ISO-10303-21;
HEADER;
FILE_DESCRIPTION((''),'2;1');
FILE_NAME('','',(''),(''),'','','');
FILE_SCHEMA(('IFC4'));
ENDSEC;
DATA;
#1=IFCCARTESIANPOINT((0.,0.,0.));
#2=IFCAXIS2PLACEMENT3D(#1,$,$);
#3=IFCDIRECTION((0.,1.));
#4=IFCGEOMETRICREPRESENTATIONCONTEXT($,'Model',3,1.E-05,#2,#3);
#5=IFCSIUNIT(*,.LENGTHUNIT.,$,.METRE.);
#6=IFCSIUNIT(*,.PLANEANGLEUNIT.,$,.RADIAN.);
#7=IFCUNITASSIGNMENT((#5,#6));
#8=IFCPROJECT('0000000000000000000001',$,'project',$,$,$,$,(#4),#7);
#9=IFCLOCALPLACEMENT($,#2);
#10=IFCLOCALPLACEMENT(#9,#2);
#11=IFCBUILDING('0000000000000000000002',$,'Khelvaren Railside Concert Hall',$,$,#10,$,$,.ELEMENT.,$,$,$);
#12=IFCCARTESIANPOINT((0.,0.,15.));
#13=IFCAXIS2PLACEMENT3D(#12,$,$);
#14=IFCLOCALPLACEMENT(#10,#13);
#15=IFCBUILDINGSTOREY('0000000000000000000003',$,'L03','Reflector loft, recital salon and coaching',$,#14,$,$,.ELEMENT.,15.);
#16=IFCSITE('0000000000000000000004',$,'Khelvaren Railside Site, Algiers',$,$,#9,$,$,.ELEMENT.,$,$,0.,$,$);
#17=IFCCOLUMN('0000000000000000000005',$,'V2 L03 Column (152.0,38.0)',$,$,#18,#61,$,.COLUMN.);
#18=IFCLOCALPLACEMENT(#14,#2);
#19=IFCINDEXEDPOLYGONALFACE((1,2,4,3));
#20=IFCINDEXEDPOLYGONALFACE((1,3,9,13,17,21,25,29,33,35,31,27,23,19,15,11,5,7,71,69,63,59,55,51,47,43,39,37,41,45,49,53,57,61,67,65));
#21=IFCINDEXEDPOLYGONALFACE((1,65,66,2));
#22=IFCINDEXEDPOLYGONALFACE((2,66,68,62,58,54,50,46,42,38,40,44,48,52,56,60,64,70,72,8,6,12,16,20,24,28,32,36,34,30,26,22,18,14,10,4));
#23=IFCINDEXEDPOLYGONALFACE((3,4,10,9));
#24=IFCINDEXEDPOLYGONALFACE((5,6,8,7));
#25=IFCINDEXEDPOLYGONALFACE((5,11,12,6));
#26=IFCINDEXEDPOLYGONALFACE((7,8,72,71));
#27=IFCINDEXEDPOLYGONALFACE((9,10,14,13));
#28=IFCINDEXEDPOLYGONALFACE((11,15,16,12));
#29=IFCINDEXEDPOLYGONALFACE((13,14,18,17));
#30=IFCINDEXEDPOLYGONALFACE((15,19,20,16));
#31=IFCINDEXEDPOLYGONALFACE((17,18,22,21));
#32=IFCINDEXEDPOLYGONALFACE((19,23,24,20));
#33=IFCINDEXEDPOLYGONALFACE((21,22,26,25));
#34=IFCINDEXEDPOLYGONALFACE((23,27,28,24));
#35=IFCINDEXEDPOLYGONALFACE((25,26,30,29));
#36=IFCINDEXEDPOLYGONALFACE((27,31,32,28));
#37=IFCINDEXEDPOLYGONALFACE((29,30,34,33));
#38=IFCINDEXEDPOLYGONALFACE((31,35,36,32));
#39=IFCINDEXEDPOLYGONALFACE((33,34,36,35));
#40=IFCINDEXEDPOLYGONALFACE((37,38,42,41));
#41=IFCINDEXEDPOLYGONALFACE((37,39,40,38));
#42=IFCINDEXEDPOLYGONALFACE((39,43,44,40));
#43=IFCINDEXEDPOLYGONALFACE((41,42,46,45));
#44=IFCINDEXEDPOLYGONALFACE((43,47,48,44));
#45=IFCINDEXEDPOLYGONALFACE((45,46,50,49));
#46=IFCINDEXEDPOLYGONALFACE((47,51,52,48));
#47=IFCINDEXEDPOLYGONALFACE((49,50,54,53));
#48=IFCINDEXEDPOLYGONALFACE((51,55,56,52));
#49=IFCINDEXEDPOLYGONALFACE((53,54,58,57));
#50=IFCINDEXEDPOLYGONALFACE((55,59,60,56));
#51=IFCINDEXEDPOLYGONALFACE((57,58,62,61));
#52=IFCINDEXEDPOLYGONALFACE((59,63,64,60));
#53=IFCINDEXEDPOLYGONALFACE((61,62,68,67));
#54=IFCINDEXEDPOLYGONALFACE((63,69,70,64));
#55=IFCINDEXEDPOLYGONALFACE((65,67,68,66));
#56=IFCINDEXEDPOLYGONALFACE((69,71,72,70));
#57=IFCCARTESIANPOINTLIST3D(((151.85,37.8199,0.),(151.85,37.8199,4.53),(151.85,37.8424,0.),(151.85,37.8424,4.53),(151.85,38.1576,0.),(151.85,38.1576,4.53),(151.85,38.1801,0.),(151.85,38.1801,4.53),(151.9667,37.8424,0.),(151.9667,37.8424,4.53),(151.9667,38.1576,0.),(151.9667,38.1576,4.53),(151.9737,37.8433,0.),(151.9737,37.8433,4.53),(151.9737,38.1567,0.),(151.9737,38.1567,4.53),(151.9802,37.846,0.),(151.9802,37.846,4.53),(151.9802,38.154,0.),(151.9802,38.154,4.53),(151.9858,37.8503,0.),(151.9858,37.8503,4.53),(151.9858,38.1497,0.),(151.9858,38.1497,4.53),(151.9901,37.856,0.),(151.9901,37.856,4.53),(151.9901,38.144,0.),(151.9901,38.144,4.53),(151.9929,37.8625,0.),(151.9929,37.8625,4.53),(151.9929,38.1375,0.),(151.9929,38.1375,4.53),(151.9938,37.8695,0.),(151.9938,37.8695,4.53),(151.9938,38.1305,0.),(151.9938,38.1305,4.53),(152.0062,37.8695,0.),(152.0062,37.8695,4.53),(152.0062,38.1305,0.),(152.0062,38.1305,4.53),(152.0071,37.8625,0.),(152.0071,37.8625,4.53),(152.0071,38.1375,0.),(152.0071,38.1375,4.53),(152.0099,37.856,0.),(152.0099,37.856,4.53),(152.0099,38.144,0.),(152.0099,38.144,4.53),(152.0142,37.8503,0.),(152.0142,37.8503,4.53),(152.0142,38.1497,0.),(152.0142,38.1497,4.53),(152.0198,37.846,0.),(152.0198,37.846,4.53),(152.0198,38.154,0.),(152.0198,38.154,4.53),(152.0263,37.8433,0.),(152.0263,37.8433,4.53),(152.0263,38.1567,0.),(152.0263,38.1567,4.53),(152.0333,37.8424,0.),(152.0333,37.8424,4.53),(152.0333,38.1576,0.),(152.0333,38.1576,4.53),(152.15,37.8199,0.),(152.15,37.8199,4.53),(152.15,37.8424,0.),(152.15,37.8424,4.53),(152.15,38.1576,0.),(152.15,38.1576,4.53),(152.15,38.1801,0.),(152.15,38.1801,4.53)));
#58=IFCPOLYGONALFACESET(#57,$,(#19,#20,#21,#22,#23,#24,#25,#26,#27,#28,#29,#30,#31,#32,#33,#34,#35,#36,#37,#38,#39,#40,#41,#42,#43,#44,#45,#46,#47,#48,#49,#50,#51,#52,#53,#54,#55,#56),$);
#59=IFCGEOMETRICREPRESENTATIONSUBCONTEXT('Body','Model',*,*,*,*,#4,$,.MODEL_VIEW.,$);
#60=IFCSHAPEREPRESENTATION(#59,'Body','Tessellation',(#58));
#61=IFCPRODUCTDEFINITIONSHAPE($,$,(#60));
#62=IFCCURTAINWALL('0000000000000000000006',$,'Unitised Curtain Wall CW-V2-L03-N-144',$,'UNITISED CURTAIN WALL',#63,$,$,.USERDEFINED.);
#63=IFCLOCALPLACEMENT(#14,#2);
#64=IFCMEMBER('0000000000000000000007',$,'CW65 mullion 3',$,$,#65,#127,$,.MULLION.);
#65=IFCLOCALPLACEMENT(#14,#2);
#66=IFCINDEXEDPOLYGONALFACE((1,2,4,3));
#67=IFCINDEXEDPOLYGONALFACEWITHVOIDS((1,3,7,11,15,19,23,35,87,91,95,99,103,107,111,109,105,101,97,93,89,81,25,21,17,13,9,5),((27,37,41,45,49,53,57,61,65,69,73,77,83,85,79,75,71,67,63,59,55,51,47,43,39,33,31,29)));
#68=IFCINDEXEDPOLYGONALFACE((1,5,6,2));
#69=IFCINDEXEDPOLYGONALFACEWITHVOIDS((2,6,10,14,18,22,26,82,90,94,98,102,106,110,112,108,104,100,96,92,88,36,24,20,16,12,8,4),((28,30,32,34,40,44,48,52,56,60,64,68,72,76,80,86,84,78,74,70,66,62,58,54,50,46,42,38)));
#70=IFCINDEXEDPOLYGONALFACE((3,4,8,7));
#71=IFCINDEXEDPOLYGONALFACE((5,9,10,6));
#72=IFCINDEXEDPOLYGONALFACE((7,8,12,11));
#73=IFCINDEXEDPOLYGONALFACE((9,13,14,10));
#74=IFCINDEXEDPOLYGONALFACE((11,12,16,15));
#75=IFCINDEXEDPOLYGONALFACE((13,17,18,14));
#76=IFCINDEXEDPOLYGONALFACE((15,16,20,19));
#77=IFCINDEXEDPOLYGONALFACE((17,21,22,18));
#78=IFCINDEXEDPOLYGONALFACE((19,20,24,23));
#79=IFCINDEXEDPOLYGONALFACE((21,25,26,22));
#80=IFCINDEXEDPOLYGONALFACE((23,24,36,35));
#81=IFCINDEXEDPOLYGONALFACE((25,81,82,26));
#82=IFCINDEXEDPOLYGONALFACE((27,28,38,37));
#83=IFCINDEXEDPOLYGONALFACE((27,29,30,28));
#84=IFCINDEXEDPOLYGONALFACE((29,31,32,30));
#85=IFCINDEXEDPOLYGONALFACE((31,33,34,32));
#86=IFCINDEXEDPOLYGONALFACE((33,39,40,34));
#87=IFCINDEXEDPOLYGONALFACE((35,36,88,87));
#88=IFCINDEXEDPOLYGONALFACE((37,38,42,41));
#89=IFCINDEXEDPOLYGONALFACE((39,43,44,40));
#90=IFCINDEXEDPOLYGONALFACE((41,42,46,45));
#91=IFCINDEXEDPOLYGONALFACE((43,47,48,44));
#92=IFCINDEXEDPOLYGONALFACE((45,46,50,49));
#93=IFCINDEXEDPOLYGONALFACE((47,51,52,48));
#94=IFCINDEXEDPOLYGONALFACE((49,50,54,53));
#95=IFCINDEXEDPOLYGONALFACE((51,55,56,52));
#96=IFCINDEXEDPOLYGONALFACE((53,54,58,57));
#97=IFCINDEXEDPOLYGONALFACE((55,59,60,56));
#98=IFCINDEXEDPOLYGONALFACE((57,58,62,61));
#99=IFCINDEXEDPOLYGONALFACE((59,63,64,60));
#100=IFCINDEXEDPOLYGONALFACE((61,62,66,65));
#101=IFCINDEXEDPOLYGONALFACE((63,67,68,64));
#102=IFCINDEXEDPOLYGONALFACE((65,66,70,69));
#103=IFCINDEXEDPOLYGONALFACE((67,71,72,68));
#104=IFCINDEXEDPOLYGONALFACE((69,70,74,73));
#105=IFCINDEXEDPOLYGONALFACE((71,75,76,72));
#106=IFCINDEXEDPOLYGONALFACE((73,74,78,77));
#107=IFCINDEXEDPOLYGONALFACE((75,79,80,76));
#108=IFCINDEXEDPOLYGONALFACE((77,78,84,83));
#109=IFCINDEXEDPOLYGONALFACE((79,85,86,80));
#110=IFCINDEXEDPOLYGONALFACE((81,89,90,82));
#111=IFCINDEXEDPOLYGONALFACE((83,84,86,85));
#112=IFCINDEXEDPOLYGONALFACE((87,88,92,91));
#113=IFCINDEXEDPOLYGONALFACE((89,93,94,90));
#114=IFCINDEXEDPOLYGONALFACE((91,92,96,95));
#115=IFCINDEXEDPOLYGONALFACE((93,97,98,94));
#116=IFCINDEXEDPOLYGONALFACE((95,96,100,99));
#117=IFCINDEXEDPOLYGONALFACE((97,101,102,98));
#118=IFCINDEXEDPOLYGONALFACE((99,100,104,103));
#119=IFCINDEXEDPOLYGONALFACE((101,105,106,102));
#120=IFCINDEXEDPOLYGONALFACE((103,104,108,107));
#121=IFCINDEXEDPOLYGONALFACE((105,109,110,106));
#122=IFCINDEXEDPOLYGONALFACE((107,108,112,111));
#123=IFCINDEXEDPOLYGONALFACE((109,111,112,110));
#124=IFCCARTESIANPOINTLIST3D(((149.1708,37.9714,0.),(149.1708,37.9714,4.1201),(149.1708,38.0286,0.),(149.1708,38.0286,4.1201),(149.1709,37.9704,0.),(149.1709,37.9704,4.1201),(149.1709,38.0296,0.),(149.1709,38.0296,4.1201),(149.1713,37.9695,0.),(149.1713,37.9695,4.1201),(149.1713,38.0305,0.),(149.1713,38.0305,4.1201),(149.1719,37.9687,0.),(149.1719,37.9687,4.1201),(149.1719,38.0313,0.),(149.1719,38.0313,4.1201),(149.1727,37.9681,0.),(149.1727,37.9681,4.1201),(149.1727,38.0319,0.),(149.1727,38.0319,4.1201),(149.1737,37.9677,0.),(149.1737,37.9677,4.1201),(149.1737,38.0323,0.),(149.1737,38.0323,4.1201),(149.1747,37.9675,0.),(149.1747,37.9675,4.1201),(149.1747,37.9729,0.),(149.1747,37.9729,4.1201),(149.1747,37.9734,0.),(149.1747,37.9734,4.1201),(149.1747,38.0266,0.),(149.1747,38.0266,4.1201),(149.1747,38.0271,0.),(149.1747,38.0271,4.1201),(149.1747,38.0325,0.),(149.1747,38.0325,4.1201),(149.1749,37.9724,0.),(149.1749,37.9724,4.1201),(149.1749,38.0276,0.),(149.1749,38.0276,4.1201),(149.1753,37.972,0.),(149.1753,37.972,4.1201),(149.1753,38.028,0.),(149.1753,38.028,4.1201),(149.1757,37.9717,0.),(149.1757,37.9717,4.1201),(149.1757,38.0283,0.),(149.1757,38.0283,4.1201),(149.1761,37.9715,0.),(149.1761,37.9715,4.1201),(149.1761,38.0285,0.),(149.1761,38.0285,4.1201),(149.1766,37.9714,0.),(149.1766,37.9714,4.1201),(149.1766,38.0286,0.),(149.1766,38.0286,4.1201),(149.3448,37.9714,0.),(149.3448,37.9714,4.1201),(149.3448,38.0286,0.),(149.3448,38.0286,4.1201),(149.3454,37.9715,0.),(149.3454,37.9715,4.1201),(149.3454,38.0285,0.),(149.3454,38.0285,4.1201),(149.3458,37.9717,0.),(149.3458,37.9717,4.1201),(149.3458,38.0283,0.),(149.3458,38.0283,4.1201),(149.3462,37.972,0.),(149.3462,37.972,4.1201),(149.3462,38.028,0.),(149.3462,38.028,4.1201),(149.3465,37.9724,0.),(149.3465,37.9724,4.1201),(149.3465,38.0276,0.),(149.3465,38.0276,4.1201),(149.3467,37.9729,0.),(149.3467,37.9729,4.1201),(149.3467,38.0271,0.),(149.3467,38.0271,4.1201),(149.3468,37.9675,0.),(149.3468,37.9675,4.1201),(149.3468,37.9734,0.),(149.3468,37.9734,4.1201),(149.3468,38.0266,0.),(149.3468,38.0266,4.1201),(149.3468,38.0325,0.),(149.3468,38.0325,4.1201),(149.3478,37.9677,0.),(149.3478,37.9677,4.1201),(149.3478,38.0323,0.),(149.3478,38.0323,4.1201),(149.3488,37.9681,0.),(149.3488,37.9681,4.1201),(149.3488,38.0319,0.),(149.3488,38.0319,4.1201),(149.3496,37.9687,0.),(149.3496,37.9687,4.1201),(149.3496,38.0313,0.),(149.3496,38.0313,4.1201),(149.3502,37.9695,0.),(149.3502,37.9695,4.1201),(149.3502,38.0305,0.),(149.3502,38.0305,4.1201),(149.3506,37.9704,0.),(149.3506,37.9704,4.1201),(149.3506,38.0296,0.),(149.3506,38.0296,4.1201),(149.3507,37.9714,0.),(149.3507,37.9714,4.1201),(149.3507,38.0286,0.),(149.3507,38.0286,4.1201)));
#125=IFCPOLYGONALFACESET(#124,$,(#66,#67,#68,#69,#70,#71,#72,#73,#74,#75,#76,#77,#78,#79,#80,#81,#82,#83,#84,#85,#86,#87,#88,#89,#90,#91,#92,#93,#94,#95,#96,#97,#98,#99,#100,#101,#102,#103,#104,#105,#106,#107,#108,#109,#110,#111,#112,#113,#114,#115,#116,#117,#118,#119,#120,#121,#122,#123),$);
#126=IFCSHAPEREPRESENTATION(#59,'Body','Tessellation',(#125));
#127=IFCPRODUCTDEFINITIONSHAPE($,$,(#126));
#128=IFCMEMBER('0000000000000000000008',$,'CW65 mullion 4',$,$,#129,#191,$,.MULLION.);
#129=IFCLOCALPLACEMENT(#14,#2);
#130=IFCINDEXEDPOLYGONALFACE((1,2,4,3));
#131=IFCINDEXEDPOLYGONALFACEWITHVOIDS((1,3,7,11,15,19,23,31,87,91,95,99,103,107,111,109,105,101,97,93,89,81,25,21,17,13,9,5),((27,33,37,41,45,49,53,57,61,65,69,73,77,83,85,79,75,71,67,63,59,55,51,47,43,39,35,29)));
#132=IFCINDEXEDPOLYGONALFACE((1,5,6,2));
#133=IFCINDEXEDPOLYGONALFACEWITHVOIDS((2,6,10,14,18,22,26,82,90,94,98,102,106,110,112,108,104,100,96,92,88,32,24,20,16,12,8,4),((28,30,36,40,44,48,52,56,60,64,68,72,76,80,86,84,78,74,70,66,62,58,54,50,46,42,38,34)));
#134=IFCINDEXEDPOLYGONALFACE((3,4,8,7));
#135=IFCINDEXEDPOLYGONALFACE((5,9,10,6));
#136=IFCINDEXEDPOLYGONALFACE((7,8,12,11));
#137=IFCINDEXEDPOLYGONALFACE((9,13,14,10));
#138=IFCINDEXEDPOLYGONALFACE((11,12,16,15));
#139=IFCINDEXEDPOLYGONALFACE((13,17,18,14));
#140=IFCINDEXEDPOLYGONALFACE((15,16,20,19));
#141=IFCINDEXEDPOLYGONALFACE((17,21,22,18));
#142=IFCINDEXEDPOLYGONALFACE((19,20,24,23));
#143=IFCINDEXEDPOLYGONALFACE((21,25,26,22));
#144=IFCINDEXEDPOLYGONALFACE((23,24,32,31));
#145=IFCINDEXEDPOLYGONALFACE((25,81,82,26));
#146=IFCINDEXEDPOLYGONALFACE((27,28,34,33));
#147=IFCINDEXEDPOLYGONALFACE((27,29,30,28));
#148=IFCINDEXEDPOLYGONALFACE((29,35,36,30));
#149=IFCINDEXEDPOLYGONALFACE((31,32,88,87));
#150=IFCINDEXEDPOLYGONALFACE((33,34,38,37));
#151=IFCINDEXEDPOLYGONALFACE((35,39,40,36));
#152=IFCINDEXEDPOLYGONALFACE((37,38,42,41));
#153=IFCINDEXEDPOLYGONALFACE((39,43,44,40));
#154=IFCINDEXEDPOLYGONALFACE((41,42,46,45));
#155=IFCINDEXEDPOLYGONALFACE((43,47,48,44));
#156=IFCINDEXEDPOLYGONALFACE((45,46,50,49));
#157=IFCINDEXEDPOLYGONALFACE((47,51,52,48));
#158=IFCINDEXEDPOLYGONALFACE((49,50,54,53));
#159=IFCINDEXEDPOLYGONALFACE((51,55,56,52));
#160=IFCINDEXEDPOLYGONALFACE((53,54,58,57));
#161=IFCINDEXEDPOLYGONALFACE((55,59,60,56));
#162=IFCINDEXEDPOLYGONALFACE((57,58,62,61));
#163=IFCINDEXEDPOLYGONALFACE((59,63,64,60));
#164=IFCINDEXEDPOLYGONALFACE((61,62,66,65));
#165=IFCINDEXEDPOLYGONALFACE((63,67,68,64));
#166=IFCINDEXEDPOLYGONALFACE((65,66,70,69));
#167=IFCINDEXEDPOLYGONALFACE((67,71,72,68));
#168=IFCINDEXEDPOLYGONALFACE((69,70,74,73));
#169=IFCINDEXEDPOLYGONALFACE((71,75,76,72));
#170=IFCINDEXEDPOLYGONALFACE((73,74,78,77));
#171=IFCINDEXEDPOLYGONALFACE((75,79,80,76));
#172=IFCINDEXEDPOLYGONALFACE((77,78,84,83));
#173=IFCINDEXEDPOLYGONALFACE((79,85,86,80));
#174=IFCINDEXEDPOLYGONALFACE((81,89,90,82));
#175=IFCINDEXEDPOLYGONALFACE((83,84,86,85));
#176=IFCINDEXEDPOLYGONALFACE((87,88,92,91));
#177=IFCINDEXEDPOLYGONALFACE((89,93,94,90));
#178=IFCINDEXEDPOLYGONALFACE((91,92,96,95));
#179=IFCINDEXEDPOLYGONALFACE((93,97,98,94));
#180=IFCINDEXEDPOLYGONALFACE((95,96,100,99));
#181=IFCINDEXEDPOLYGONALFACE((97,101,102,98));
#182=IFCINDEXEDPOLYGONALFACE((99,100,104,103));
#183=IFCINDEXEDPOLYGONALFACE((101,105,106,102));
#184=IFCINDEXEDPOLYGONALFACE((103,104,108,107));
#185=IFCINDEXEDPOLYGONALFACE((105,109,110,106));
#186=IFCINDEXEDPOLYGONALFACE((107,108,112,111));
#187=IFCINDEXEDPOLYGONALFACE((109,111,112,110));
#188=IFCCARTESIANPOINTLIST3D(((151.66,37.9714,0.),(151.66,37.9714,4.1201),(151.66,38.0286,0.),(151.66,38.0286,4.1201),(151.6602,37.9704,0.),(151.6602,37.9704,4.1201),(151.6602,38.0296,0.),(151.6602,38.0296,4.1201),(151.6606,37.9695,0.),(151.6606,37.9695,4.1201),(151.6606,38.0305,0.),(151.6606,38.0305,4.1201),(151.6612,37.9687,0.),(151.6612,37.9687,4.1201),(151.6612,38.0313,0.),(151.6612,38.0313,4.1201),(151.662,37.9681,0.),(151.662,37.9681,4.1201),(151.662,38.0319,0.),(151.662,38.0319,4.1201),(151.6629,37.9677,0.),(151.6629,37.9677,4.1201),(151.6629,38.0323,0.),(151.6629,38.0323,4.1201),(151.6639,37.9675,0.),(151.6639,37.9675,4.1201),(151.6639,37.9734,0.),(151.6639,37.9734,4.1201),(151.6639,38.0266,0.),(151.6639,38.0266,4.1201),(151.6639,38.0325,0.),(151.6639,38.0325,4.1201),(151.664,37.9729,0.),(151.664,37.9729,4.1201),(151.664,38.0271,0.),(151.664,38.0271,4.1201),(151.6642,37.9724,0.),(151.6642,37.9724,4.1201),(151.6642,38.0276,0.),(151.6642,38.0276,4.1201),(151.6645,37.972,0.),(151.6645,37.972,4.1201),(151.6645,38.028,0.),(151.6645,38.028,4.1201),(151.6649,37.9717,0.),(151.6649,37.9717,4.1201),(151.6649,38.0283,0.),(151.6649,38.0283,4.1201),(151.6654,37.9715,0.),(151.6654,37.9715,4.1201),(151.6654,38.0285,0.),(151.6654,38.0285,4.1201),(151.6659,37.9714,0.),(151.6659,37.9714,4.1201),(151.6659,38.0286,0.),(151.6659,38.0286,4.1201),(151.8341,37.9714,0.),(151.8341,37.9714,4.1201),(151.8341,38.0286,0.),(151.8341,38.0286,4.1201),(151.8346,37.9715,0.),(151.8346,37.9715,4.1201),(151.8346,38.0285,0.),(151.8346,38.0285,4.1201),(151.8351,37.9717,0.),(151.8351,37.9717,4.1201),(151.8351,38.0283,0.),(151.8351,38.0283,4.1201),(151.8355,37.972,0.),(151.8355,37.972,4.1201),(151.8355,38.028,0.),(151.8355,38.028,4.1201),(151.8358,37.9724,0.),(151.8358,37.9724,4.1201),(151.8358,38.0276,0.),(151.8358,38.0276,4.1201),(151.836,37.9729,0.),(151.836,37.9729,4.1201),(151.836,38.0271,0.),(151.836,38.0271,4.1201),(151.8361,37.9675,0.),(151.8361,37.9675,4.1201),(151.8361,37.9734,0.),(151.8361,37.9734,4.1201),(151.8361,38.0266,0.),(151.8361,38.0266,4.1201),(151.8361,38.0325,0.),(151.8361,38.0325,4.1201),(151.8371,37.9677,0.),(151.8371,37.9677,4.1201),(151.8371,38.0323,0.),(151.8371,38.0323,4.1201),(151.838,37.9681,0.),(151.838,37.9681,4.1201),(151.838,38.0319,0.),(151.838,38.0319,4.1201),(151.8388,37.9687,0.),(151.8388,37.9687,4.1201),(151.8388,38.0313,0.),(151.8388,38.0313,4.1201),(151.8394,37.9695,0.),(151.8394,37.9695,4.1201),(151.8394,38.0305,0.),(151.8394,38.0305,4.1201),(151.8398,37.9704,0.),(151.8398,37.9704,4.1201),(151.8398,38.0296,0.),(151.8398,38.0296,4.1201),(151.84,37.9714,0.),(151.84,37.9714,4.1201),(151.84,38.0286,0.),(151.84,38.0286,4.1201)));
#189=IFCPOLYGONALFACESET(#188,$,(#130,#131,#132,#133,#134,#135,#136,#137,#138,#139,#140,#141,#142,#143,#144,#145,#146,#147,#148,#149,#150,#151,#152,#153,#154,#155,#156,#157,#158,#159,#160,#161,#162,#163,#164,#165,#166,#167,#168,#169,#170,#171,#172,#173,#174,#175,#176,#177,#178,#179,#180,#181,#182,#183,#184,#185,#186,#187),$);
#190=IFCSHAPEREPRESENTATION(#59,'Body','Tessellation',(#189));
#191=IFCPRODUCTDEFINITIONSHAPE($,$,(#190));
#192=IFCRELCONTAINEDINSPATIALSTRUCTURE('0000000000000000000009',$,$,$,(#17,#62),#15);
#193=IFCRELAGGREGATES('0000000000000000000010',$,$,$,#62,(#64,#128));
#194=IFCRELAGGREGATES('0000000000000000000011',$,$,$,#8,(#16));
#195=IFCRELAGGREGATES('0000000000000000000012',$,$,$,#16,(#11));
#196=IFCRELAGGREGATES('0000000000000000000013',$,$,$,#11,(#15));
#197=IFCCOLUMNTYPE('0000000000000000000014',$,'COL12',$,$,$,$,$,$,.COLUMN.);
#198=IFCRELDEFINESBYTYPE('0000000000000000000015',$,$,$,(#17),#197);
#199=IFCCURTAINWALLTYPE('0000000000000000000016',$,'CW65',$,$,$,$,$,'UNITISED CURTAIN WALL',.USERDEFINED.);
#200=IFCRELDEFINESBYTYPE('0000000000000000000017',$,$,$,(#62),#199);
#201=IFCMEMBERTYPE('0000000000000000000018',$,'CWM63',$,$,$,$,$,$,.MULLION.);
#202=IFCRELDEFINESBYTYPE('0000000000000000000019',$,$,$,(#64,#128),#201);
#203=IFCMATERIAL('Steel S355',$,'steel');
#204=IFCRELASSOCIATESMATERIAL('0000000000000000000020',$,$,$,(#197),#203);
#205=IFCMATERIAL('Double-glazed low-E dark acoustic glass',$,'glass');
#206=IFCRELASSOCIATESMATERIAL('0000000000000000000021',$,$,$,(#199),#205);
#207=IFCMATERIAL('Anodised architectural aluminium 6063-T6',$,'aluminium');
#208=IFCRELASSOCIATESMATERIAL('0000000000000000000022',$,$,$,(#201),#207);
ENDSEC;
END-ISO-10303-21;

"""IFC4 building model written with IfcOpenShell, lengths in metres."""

from ifc_helpers import new_model, si_unit, direction, frame, origin, origin_2d, place, context, subcontext, project, spatial, hollow_rectangle, i_section, extrude, material, material_profile, profile_set, type_object, element, aggregate, save


model = new_model("IFC4")

# Units and contexts
model_context = context("Model", 3, precision=1e-05, world=origin(), true_north=direction((0.0, 1.0)))
body_context = subcontext(model_context, "Body", "Model", "MODEL_VIEW")
ifc_project = project(units=[si_unit("LENGTHUNIT", "METRE"), si_unit("PLANEANGLEUNIT", "RADIAN")], contexts=[model_context])

# Site, building, storey
site_placement = place(None, origin())
site = spatial("IfcSite", under=ifc_project, at=site_placement, Name="Khelvaren Railside Site, Algiers", CompositionType="ELEMENT", RefElevation=0.0)
building_placement = place(site_placement, origin())
building = spatial("IfcBuilding", under=site, at=building_placement, Name="Khelvaren Railside Concert Hall", CompositionType="ELEMENT")
storey_placement = place(building_placement, frame((0.0, 0.0, 15.0)))
storey = spatial("IfcBuildingStorey", under=building, at=storey_placement, Name="L03", Description="Reflector loft, recital salon and coaching", CompositionType="ELEMENT", Elevation=15.0)

# Column
ifc_material_1 = material(Name="Steel S355", Category="steel")
ifc_material_profile_1 = material_profile(ifc_material_1, i_section(OverallWidth=0.3, OverallDepth=0.3601, WebThickness=0.0125, FlangeThickness=0.0225, FilletRadius=0.0271, at=origin_2d()), Name="HEB 360")
ifc_profile_set_1 = profile_set([ifc_material_profile_1], Name="Steel S355")
column_type = type_object("IfcColumnType", Name="COL12", PredefinedType="COLUMN", material=ifc_profile_set_1)
column_placement = place(storey_placement, frame((152.0, 38.0, 0.0), z_axis=(0.0, 0.0, 1.0), x_axis=(1.0, 0.0, 0.0)))
element("IfcColumn", 1, at=column_placement, inside=storey, type_object=column_type, Name="V2 L03 Column (152.0,38.0)", PredefinedType="COLUMN", context=body_context, shape_type="SweptSolid", body=[
    extrude(i_section(OverallWidth=0.3, OverallDepth=0.3601, WebThickness=0.0125, FlangeThickness=0.0225, FilletRadius=0.0271, at=origin_2d()), origin(), (0.0, 0.0, 1.0), 4.53),
])

# Curtain wall, members
ifc_material_2 = material(Name="Double-glazed low-E dark acoustic glass", Category="glass")
curtain_wall_type_1 = type_object("IfcCurtainWallType", Name="CW65", ElementType="UNITISED CURTAIN WALL", PredefinedType="USERDEFINED", material=ifc_material_2)
curtain_wall_1_placement = place(storey_placement, origin())
curtain_wall_1 = element("IfcCurtainWall", 2, at=curtain_wall_1_placement, inside=storey, type_object=curtain_wall_type_1, Name="Unitised Curtain Wall CW-V2-L03-N-144", ObjectType="UNITISED CURTAIN WALL", PredefinedType="USERDEFINED")
ifc_material_3 = material(Name="Anodised architectural aluminium 6063-T6", Category="aluminium")
ifc_material_profile_2 = material_profile(ifc_material_3, hollow_rectangle(XDim=0.0649, YDim=0.1799, WallThickness=0.0039, InnerFilletRadius=0.002, OuterFilletRadius=0.0039, at=origin_2d()), Name="CWM 65x180x4")
ifc_profile_set_2 = profile_set([ifc_material_profile_2], Name="Anodised architectural aluminium 6063-T6")
member_type_1 = type_object("IfcMemberType", Name="CWM63", PredefinedType="MULLION", material=ifc_profile_set_2)
member_1_placement = place(storey_placement, frame((149.2607, 38.0, 0.0), z_axis=(0.0, 0.0, 1.0), x_axis=(0.0, 1.0, 0.0)))
member_1 = element("IfcMember", 3, at=member_1_placement, type_object=member_type_1, Name="CW65 mullion 3", PredefinedType="MULLION", context=body_context, shape_type="SweptSolid", body=[
    extrude(hollow_rectangle(XDim=0.0649, YDim=0.1799, WallThickness=0.0039, InnerFilletRadius=0.002, OuterFilletRadius=0.0039, at=origin_2d()), origin(), (0.0, 0.0, 1.0), 4.1201),
])
member_2_placement = place(storey_placement, frame((151.75, 38.0, 0.0), z_axis=(0.0, 0.0, 1.0), x_axis=(0.0, 1.0, 0.0)))
member_2 = element("IfcMember", 4, at=member_2_placement, type_object=member_type_1, Name="CW65 mullion 4", PredefinedType="MULLION", context=body_context, shape_type="SweptSolid", body=[
    extrude(hollow_rectangle(XDim=0.0649, YDim=0.1799, WallThickness=0.0039, InnerFilletRadius=0.002, OuterFilletRadius=0.0039, at=origin_2d()), origin(), (0.0, 0.0, 1.0), 4.1201),
])

aggregate(curtain_wall_1, [member_1, member_2])

save(model, "model.ifc")
